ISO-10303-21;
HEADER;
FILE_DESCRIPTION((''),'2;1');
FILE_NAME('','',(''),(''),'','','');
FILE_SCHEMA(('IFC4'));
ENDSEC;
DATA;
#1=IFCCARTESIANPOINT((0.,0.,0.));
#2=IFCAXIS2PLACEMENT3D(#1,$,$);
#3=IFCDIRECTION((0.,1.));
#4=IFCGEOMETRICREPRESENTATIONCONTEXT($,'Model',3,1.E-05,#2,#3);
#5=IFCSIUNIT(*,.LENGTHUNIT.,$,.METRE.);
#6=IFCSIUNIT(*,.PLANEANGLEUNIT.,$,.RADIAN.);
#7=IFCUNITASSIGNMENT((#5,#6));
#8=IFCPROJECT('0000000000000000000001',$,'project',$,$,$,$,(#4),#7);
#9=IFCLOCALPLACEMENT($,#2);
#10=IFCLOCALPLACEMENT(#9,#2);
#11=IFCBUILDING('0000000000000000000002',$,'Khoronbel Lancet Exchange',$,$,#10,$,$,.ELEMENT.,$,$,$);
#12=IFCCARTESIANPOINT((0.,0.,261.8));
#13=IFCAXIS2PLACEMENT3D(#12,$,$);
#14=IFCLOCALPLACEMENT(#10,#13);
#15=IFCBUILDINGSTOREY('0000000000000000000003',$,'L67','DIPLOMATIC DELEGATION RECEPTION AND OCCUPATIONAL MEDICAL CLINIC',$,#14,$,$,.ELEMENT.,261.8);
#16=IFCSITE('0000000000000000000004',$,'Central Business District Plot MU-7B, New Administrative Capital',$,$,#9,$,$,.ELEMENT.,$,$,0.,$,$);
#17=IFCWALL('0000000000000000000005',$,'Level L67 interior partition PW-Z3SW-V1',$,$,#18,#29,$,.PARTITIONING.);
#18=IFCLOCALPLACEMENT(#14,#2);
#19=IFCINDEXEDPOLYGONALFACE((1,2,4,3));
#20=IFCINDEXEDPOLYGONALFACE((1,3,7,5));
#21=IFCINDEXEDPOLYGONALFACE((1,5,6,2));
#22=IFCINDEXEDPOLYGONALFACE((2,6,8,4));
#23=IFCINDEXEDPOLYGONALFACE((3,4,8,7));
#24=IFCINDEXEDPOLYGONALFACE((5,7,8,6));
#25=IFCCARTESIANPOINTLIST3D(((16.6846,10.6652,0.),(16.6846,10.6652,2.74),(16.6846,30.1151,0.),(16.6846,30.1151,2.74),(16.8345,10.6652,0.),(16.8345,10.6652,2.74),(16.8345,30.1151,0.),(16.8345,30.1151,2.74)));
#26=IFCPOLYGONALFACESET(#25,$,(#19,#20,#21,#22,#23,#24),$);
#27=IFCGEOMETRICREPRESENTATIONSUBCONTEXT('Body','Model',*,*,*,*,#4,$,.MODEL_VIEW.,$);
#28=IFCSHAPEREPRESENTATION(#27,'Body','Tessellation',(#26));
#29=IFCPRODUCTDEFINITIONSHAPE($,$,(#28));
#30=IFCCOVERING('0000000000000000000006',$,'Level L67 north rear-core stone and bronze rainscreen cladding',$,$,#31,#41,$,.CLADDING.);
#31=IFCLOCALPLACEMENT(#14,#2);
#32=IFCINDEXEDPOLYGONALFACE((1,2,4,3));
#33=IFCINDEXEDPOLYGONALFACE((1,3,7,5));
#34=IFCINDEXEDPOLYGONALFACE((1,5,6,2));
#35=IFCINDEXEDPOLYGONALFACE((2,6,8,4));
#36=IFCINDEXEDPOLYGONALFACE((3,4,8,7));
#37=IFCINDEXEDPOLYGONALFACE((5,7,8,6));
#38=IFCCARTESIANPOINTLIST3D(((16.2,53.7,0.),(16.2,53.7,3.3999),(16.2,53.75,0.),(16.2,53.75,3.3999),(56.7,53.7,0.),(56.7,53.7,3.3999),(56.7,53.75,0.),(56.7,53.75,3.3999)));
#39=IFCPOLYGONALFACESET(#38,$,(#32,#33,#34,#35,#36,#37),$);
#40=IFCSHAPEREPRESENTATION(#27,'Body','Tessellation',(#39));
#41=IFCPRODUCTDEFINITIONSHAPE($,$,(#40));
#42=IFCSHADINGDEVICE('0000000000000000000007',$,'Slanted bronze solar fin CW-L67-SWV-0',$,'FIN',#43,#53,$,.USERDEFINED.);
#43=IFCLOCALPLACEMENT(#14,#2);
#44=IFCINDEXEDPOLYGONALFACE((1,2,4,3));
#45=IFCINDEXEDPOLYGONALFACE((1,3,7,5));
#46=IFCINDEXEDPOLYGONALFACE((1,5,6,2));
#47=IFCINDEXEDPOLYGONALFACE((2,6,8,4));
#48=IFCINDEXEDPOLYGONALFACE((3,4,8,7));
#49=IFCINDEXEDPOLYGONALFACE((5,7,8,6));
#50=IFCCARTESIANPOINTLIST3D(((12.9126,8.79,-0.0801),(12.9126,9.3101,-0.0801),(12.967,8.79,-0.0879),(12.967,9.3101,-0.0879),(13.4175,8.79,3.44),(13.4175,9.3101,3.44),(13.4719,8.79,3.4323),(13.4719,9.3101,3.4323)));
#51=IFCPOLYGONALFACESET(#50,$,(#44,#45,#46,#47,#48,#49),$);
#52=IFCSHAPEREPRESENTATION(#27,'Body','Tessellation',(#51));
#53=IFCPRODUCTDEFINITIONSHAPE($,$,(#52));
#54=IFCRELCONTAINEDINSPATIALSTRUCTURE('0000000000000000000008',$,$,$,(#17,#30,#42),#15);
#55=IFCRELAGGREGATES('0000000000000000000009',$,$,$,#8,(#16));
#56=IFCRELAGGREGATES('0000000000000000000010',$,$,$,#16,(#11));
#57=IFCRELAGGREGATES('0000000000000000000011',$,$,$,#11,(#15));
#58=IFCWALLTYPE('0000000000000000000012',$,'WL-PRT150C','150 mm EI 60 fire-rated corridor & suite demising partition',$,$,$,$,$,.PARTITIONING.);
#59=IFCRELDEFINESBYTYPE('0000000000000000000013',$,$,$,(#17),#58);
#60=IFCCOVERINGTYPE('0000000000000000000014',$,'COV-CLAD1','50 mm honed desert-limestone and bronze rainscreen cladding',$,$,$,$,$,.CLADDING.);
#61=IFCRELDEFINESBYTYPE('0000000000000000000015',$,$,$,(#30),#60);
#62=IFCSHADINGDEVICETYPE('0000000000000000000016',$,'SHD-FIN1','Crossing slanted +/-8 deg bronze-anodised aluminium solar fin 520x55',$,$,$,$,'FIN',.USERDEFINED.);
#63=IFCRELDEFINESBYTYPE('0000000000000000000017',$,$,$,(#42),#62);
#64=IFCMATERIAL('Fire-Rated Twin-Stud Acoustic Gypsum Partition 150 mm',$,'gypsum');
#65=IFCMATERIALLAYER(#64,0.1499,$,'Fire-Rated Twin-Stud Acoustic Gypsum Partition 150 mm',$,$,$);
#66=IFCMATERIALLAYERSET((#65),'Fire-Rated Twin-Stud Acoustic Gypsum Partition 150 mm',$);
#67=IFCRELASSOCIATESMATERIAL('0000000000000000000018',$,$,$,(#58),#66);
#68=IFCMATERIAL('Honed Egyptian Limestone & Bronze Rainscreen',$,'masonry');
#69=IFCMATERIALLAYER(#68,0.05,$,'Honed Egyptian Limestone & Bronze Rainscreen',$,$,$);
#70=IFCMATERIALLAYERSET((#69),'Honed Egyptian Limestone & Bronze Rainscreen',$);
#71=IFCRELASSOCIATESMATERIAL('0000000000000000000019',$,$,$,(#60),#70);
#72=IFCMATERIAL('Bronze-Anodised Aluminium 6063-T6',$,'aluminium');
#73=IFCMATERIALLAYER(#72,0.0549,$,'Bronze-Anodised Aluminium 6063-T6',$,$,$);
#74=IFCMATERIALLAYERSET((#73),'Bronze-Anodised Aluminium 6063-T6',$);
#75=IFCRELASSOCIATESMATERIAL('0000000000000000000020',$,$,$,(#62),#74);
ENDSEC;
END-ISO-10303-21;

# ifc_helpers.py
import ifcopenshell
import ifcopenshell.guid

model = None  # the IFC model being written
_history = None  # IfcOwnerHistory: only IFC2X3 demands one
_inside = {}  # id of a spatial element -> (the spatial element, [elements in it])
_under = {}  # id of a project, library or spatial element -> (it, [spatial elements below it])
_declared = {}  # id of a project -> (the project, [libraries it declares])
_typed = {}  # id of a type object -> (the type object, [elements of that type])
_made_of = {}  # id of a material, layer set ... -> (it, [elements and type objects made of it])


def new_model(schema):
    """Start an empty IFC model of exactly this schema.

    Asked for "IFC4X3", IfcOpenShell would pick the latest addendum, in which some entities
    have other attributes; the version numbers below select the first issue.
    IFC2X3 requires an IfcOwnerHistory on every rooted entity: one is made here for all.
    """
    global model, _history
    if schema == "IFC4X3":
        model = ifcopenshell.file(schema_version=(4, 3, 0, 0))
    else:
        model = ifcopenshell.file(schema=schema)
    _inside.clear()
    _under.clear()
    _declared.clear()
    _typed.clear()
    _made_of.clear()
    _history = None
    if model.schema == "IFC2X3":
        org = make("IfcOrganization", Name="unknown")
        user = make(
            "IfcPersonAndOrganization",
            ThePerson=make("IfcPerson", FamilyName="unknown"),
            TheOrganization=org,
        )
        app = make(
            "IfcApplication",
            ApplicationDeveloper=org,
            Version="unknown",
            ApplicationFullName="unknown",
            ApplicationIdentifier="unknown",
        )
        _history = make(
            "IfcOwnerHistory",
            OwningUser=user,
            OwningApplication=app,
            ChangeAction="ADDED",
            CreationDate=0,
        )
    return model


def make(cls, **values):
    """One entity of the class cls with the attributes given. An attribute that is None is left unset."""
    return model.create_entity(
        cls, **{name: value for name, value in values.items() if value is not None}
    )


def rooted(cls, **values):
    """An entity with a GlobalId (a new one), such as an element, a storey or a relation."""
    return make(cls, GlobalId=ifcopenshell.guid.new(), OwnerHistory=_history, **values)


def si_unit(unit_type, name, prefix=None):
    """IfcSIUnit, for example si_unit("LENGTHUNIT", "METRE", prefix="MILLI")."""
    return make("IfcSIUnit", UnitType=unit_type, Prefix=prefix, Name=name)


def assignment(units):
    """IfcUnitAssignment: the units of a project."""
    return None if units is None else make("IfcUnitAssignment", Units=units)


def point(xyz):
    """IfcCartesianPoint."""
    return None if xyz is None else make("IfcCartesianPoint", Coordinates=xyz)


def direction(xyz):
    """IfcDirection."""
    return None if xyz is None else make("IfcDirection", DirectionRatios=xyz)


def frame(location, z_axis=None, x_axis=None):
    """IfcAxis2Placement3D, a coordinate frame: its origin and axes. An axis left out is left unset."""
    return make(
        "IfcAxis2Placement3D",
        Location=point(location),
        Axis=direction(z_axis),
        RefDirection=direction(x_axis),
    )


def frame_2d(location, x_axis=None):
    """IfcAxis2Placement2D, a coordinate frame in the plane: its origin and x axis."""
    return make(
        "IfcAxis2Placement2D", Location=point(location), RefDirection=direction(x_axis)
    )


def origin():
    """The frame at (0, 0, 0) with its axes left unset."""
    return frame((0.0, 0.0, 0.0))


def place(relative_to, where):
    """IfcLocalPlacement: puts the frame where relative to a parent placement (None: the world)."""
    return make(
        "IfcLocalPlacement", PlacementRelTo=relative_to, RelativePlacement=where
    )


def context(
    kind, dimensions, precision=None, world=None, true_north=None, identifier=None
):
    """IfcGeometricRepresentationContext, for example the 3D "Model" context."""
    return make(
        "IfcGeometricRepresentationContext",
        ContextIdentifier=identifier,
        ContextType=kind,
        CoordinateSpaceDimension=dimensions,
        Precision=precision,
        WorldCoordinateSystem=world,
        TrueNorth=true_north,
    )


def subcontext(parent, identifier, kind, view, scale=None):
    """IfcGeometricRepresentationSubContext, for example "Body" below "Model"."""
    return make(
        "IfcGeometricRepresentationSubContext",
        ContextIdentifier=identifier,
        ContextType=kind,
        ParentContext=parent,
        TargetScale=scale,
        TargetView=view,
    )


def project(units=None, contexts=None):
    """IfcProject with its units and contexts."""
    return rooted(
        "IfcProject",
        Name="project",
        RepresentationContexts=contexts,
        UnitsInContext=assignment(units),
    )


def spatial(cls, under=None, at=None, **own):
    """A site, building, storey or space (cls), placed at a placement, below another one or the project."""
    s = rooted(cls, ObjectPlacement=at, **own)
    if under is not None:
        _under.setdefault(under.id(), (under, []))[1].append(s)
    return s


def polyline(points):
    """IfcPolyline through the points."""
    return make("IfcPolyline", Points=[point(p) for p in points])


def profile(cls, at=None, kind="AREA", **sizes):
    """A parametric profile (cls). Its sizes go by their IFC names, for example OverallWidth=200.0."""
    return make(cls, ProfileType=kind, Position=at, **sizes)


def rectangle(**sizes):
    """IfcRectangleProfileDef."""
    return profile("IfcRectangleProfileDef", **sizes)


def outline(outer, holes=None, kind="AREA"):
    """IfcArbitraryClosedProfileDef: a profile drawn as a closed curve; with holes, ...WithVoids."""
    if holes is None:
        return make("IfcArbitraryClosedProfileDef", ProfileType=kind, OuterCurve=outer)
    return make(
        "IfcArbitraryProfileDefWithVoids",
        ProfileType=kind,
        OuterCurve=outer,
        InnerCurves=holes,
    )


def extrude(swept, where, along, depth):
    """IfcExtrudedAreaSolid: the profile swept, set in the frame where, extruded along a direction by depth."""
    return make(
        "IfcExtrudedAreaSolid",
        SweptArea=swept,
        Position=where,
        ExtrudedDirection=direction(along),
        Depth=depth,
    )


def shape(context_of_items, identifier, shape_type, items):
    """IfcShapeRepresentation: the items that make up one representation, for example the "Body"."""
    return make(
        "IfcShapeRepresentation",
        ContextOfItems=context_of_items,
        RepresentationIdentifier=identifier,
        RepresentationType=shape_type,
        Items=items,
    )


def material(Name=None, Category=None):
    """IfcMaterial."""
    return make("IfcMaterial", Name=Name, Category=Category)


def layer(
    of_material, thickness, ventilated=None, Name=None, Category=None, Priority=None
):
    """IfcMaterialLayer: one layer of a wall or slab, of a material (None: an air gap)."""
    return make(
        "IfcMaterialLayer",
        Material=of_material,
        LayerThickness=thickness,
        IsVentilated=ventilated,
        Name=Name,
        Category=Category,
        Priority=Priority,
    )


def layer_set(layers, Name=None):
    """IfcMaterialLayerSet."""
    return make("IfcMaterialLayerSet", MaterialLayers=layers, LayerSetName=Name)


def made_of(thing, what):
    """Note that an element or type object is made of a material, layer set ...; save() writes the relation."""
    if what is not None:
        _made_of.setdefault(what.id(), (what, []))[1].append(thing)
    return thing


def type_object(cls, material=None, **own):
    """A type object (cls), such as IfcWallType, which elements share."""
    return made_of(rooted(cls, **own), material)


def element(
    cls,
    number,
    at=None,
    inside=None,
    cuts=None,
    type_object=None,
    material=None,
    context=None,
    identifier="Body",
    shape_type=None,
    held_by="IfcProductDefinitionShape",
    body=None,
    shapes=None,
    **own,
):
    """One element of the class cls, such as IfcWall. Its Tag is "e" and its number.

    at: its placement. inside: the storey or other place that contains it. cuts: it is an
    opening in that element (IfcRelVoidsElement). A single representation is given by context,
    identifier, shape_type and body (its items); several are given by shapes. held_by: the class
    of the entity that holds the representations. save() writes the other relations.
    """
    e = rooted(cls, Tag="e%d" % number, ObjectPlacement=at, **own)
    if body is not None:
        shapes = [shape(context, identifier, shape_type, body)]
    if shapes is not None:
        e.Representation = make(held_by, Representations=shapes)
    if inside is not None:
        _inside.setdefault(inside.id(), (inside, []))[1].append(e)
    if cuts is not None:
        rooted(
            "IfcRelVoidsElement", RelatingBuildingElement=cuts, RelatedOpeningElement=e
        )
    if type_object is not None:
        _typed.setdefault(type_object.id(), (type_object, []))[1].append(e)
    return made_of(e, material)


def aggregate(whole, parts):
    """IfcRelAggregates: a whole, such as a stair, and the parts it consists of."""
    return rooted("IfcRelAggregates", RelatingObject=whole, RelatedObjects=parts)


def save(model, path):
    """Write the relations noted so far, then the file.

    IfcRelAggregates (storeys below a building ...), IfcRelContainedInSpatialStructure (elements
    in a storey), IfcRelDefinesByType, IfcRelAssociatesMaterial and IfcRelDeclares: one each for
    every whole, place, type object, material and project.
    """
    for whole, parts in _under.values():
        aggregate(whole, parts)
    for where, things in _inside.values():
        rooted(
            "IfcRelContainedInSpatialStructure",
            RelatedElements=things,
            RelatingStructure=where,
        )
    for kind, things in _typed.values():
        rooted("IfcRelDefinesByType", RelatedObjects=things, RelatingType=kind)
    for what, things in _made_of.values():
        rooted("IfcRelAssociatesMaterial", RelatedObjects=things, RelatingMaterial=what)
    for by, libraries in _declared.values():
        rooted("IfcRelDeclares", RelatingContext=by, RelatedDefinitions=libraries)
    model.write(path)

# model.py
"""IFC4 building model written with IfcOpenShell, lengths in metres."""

from ifc_helpers import new_model, si_unit, direction, frame, frame_2d, origin, place, context, subcontext, project, spatial, polyline, rectangle, outline, extrude, material, layer, layer_set, type_object, element, save


model = new_model("IFC4")

# Units and contexts
model_context = context("Model", 3, precision=1e-05, world=origin(), true_north=direction((0.0, 1.0)))
body_context = subcontext(model_context, "Body", "Model", "MODEL_VIEW")
ifc_project = project(units=[si_unit("LENGTHUNIT", "METRE"), si_unit("PLANEANGLEUNIT", "RADIAN")], contexts=[model_context])

# Site, building, storey
site_placement = place(None, origin())
site = spatial("IfcSite", under=ifc_project, at=site_placement, Name="Central Business District Plot MU-7B, New Administrative Capital", CompositionType="ELEMENT", RefElevation=0.0)
building_placement = place(site_placement, origin())
building = spatial("IfcBuilding", under=site, at=building_placement, Name="Khoronbel Lancet Exchange", CompositionType="ELEMENT")
storey_placement = place(building_placement, frame((0.0, 0.0, 261.8)))
storey = spatial("IfcBuildingStorey", under=building, at=storey_placement, Name="L67", Description="DIPLOMATIC DELEGATION RECEPTION AND OCCUPATIONAL MEDICAL CLINIC", CompositionType="ELEMENT", Elevation=261.8)

# Shared definitions
ifc_material_1 = material(Name="Bronze-Anodised Aluminium 6063-T6", Category="aluminium")

# Wall
ifc_material_2 = material(Name="Fire-Rated Twin-Stud Acoustic Gypsum Partition 150 mm", Category="gypsum")
ifc_layer_1 = layer(ifc_material_2, 0.1499, Name="Fire-Rated Twin-Stud Acoustic Gypsum Partition 150 mm")
ifc_layer_set_1 = layer_set([ifc_layer_1], Name="Fire-Rated Twin-Stud Acoustic Gypsum Partition 150 mm")
wall_type_1 = type_object("IfcWallType", Name="WL-PRT150C", Description="150 mm EI 60 fire-rated corridor & suite demising partition", PredefinedType="PARTITIONING", material=ifc_layer_set_1)
wall_1_placement = place(storey_placement, frame((16.7595, 10.665, 0.0), z_axis=(0.0, 0.0, 1.0), x_axis=(0.0, 1.0, 0.0)))
element("IfcWall", 1, at=wall_1_placement, inside=storey, type_object=wall_type_1, Name="Level L67 interior partition PW-Z3SW-V1", PredefinedType="PARTITIONING", context=body_context, shape_type="SweptSolid", body=[
    extrude(rectangle(XDim=19.45, YDim=0.1499, at=frame_2d((9.7251, 0.0))), origin(), (0.0, 0.0, 1.0), 2.74),
])

# Covering
ifc_material_3 = material(Name="Honed Egyptian Limestone & Bronze Rainscreen", Category="masonry")
ifc_layer_2 = layer(ifc_material_3, 0.05, Name="Honed Egyptian Limestone & Bronze Rainscreen")
ifc_layer_set_2 = layer_set([ifc_layer_2], Name="Honed Egyptian Limestone & Bronze Rainscreen")
covering_type = type_object("IfcCoveringType", Name="COV-CLAD1", Description="50 mm honed desert-limestone and bronze rainscreen cladding", PredefinedType="CLADDING", material=ifc_layer_set_2)
covering_placement = place(storey_placement, origin())
element("IfcCovering", 2, at=covering_placement, inside=storey, type_object=covering_type, Name="Level L67 north rear-core stone and bronze rainscreen cladding", PredefinedType="CLADDING", context=body_context, shape_type="SweptSolid", body=[
    extrude(outline(polyline([(16.2, 53.7), (56.7, 53.7), (56.7, 53.75), (16.2, 53.75), (16.2, 53.7)])), origin(), (0.0, 0.0, 1.0), 3.3999),
])

# Shading device
ifc_layer_3 = layer(ifc_material_1, 0.0549, Name="Bronze-Anodised Aluminium 6063-T6")
ifc_layer_set_3 = layer_set([ifc_layer_3], Name="Bronze-Anodised Aluminium 6063-T6")
shading_device_type = type_object("IfcShadingDeviceType", Name="SHD-FIN1", Description="Crossing slanted +/-8 deg bronze-anodised aluminium solar fin 520x55", ElementType="FIN", PredefinedType="USERDEFINED", material=ifc_layer_set_3)
shading_device_placement = place(storey_placement, frame((12.9126, 9.3101, -0.0801), z_axis=(-0.98987, 0.0, 0.141979), x_axis=(0.0, -1.0, 0.0)))
element("IfcShadingDevice", 3, at=shading_device_placement, inside=storey, type_object=shading_device_type, Name="Slanted bronze solar fin CW-L67-SWV-0", ObjectType="FIN", PredefinedType="USERDEFINED", context=body_context, shape_type="SweptSolid", body=[
    extrude(outline(polyline([(0.0, 0.0), (0.52, 0.0), (0.52, 3.5562), (0.0, 3.5562), (0.0, 0.0)])), origin(), (0.0, 0.0, -1.0), 0.0549),
])

save(model, "model.ifc")
